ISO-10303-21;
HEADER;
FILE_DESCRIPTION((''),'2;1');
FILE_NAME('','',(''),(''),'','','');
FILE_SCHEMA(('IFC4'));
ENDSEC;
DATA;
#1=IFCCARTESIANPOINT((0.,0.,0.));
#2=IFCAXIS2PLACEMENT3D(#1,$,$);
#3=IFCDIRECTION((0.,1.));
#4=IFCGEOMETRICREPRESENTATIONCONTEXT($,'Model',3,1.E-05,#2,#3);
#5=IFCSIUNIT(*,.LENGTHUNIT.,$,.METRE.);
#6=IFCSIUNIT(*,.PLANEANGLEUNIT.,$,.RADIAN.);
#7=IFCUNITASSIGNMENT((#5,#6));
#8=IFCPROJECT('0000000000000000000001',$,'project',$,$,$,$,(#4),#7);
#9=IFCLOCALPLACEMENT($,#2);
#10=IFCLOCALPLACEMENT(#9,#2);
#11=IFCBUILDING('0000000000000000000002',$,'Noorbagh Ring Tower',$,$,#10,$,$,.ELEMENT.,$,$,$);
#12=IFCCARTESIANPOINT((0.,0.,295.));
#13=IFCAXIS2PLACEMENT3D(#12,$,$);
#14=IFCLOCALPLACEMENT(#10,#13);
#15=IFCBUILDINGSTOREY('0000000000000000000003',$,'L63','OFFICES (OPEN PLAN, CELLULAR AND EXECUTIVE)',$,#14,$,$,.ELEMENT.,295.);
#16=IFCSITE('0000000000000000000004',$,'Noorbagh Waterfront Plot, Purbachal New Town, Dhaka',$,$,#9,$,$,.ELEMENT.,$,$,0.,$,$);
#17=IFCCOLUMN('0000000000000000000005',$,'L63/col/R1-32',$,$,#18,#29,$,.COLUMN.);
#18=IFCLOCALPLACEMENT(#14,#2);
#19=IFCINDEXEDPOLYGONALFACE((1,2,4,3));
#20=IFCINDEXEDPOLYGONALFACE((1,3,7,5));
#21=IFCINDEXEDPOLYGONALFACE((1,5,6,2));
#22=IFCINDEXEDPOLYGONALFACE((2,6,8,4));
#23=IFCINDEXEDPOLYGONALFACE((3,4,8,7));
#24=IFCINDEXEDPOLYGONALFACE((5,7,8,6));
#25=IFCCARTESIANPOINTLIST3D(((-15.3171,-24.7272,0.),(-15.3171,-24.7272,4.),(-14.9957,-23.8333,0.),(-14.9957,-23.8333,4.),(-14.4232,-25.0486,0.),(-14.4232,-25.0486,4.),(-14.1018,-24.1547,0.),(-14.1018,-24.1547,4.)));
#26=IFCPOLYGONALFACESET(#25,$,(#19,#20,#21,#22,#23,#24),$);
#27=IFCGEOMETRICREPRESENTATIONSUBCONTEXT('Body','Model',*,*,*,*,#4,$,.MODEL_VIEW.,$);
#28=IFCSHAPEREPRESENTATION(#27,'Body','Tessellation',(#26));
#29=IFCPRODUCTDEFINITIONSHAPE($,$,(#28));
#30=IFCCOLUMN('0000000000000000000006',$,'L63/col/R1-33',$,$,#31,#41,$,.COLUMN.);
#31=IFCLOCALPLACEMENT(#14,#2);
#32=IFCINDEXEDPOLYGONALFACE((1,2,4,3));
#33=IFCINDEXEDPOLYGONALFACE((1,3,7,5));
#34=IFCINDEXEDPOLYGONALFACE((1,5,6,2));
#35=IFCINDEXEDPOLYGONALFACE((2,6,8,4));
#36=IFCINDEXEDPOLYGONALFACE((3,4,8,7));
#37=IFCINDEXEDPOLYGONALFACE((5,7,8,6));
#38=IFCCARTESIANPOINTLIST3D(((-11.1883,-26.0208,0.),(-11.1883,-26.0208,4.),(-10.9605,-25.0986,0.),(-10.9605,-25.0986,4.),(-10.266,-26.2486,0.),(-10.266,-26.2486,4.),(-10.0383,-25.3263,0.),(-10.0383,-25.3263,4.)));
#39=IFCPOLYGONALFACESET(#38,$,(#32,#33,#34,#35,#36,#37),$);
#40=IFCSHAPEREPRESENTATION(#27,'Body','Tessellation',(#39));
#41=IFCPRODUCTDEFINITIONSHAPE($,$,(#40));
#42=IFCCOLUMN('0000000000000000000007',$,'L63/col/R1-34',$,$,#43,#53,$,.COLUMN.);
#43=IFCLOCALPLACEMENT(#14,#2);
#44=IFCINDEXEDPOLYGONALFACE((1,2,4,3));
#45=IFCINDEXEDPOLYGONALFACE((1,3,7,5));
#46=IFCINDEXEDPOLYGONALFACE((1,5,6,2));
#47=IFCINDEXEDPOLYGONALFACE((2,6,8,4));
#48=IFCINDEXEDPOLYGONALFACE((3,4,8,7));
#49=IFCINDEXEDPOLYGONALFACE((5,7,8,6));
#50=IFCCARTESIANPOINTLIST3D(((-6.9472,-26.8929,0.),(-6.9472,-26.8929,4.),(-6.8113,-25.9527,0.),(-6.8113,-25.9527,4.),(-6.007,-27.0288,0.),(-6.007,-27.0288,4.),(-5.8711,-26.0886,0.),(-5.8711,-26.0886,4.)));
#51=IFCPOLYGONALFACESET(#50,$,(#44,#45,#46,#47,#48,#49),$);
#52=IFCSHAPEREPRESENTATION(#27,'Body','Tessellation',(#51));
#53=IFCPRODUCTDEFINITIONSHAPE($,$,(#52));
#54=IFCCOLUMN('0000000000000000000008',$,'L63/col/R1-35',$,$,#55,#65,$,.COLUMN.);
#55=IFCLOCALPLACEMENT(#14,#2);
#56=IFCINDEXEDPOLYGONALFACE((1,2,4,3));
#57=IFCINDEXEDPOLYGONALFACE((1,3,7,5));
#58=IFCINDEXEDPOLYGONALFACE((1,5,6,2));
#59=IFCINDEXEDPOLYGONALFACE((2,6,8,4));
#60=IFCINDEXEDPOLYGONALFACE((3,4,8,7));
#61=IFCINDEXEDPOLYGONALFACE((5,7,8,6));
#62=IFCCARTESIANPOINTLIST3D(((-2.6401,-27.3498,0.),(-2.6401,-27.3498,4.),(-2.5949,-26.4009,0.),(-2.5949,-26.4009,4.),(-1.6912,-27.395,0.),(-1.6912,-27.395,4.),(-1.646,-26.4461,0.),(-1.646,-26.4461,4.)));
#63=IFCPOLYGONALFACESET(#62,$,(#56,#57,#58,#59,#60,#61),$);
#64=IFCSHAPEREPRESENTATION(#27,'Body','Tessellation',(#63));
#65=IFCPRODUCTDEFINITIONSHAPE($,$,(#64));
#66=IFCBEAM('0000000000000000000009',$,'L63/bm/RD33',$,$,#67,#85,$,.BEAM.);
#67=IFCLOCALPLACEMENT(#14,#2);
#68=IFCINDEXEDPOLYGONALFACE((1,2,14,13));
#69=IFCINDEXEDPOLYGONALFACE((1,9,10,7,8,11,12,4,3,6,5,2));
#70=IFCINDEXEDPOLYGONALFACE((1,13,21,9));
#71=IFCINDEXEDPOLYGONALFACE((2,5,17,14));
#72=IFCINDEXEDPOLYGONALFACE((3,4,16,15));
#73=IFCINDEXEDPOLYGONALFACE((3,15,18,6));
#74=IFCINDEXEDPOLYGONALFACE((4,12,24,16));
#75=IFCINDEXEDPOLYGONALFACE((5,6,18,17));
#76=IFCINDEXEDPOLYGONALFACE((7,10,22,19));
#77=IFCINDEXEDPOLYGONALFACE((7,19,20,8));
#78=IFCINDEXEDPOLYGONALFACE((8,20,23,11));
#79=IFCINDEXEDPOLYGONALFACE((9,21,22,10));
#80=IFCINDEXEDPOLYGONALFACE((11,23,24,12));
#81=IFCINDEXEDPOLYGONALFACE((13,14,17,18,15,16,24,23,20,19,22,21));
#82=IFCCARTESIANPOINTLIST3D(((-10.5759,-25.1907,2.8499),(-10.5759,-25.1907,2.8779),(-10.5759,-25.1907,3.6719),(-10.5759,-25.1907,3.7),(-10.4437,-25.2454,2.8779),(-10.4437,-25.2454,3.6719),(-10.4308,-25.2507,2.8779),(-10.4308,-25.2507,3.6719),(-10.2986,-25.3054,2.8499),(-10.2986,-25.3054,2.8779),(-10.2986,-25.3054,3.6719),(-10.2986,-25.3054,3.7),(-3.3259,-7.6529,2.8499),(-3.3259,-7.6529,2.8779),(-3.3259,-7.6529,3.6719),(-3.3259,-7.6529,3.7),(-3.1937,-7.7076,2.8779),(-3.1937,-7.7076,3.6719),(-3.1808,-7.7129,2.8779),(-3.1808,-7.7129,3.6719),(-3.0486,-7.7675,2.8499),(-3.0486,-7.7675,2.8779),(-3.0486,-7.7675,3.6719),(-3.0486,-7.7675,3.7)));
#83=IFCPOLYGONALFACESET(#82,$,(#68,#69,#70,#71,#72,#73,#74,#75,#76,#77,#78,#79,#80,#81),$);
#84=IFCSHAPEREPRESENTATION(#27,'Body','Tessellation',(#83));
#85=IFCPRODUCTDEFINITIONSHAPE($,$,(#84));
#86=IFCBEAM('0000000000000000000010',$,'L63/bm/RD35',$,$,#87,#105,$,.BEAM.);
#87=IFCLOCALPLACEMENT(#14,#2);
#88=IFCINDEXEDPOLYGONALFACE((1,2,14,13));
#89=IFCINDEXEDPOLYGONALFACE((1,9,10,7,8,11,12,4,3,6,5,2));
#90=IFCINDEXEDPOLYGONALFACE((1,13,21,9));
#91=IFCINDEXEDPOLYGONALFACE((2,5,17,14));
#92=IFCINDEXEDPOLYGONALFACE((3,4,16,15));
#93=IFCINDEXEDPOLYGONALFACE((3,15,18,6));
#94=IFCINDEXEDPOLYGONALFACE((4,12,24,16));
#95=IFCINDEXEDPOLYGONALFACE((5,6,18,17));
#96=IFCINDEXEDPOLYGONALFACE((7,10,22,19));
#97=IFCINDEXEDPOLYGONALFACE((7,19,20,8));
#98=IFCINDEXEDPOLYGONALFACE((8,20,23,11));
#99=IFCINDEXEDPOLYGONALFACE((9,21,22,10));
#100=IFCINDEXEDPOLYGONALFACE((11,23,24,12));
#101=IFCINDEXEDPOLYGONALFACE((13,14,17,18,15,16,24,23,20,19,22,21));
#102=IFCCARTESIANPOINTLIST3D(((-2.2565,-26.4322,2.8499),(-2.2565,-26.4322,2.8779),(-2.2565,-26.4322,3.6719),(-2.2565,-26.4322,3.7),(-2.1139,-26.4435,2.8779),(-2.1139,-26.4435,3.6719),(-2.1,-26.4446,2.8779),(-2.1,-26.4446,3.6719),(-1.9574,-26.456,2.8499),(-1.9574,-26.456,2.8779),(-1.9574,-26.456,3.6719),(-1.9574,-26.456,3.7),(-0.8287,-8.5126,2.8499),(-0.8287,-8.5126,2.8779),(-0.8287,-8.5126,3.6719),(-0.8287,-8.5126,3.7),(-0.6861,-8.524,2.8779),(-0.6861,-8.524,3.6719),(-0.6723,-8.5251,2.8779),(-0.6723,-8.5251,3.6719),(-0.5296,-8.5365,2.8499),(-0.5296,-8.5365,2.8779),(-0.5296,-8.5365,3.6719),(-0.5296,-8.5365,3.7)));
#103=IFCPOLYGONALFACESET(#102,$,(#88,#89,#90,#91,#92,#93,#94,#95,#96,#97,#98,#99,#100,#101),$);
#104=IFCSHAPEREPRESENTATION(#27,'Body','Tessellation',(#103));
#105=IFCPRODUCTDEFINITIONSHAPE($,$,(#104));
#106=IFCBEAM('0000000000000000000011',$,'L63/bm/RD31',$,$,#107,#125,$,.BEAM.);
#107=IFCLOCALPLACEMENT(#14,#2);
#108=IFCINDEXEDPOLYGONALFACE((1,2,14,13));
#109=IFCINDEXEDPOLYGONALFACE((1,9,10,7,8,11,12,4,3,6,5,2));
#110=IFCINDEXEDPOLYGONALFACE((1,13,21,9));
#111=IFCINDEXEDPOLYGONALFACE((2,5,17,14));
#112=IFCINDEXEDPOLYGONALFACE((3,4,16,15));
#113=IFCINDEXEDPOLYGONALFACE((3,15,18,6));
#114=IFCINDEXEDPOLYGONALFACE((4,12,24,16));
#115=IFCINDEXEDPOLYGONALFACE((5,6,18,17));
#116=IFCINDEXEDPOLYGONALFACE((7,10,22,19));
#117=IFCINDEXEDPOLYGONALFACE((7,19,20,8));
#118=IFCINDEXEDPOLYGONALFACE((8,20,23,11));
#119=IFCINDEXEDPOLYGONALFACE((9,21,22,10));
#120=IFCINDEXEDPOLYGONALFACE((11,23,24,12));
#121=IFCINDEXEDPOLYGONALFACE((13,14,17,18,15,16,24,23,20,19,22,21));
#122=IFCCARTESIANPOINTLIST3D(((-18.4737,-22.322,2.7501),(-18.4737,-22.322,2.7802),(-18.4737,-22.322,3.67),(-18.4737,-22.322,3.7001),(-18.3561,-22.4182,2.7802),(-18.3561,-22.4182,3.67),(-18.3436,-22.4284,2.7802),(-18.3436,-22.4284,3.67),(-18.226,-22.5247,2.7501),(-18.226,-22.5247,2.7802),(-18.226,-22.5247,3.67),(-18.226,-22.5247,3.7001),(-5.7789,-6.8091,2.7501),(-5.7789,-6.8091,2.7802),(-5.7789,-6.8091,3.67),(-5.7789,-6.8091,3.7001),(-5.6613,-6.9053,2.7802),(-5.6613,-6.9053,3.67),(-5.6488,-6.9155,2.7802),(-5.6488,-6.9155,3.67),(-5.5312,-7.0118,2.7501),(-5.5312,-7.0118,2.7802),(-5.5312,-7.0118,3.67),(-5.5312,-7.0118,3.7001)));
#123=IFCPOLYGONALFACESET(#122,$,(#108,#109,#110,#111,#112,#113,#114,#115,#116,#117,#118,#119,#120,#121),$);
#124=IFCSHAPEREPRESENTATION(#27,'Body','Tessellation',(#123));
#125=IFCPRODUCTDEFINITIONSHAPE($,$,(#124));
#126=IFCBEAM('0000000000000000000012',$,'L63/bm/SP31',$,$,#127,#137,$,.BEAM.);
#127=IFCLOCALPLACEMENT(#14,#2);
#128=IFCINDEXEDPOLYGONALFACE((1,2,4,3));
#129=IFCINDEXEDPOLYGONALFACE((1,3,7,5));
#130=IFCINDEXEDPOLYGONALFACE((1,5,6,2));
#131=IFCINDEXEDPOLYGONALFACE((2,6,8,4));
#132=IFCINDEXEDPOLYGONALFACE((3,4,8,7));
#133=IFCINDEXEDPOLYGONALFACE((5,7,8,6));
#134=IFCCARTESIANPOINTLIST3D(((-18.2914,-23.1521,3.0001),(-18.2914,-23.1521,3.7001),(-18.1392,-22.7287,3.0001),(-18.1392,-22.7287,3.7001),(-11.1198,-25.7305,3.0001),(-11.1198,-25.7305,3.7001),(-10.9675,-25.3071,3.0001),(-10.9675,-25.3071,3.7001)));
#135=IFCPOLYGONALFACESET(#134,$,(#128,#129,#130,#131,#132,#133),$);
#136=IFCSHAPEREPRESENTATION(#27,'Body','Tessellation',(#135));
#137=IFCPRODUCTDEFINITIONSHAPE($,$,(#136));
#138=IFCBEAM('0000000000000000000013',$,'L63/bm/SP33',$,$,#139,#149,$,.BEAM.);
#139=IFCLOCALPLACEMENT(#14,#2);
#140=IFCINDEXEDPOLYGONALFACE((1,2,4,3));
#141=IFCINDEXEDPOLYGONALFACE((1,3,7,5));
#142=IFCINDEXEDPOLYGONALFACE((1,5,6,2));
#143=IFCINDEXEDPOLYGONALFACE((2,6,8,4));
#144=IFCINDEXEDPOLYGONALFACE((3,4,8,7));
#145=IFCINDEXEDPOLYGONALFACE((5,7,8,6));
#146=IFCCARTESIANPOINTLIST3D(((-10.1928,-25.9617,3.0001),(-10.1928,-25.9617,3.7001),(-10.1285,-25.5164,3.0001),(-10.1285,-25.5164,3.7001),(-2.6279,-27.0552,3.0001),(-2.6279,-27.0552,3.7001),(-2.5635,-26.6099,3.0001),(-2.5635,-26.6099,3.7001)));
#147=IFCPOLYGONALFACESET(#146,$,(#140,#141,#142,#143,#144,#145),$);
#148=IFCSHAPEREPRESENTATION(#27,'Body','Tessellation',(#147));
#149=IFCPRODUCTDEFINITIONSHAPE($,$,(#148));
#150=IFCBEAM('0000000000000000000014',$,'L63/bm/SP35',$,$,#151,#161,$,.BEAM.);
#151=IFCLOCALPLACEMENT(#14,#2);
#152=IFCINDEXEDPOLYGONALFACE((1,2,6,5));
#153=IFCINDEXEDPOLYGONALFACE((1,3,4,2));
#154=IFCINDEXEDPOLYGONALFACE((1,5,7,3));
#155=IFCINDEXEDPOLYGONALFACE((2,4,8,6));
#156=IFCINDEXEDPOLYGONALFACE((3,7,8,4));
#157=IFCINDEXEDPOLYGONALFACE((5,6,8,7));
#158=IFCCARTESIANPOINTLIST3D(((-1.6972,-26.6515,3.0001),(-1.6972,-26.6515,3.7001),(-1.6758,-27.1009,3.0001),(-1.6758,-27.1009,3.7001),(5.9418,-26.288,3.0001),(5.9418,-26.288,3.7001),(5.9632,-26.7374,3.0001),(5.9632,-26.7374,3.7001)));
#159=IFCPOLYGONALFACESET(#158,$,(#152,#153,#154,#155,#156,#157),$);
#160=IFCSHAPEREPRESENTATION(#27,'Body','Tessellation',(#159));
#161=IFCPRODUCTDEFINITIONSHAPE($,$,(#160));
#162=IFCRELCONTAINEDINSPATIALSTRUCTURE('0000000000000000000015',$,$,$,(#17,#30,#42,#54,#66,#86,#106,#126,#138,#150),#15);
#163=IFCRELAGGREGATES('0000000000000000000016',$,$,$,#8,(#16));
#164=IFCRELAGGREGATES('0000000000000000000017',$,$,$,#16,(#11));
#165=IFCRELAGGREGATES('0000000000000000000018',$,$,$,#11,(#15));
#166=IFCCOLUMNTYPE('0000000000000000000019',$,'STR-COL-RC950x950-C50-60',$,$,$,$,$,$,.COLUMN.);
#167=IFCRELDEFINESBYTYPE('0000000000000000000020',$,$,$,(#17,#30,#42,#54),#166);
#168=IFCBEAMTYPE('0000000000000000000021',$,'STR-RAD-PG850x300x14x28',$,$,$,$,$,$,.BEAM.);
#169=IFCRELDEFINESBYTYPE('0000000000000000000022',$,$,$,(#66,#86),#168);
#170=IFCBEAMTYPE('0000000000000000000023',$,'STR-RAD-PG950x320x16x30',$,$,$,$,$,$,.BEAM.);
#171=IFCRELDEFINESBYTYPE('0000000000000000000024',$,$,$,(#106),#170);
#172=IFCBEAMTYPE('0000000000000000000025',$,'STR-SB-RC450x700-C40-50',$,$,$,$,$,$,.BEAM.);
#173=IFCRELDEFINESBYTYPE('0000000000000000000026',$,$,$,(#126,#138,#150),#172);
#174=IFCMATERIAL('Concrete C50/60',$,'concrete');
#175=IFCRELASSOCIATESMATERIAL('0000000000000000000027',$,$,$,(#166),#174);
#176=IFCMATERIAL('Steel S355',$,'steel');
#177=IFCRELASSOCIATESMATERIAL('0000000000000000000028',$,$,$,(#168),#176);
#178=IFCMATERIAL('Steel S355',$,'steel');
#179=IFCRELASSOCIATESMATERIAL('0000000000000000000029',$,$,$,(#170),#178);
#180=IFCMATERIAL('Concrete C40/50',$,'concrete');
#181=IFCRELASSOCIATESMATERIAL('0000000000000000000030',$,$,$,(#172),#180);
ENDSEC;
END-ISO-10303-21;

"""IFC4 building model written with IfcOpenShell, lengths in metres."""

from ifc_helpers import new_model, si_unit, direction, frame, origin, origin_2d, place, context, subcontext, project, spatial, rectangle, i_section, extrude, material, material_profile, profile_set, type_object, element, save


model = new_model("IFC4")

# Units and contexts
model_context = context("Model", 3, precision=1e-05, world=origin(), true_north=direction((0.0, 1.0)))
body_context = subcontext(model_context, "Body", "Model", "MODEL_VIEW")
ifc_project = project(units=[si_unit("LENGTHUNIT", "METRE"), si_unit("PLANEANGLEUNIT", "RADIAN")], contexts=[model_context])

# Site, building, storey
site_placement = place(None, origin())
site = spatial("IfcSite", under=ifc_project, at=site_placement, Name="Noorbagh Waterfront Plot, Purbachal New Town, Dhaka", CompositionType="ELEMENT", RefElevation=0.0)
building_placement = place(site_placement, origin())
building = spatial("IfcBuilding", under=site, at=building_placement, Name="Noorbagh Ring Tower", CompositionType="ELEMENT")
storey_placement = place(building_placement, frame((0.0, 0.0, 295.0)))
storey = spatial("IfcBuildingStorey", under=building, at=storey_placement, Name="L63", Description="OFFICES (OPEN PLAN, CELLULAR AND EXECUTIVE)", CompositionType="ELEMENT", Elevation=295.0)

# Columns
ifc_material_1 = material(Name="Concrete C50/60", Category="concrete")
ifc_material_profile_1 = material_profile(ifc_material_1, rectangle(XDim=0.95, YDim=0.95, at=origin_2d()), Name="RC950x950")
ifc_profile_set_1 = profile_set([ifc_material_profile_1], Name="Concrete C50/60")
column_type = type_object("IfcColumnType", Name="STR-COL-RC950x950-C50-60", PredefinedType="COLUMN", material=ifc_profile_set_1)
for number, where, z_axis, x_axis, name in (
    (1, (-14.7095, -24.4409, 0.0), (0.0, 0.0, 1.0), (0.941025, -0.338338, 0.0), "L63/col/R1-32"),
    (2, (-10.6133, -25.6736, 0.0), (0.0, 0.0, 1.0), (0.970829, -0.239771, 0.0), "L63/col/R1-33"),
    (3, (-6.4092, -26.4907, 0.0), (0.0, 0.0, 1.0), (0.989713, -0.143066, 0.0), "L63/col/R1-34"),
    (4, (-2.1431, -26.8979, 0.0), (0.0, 0.0, 1.0), (0.998869, -0.047553, 0.0), "L63/col/R1-35"),
):
    element("IfcColumn", number, at=place(storey_placement, frame(where, z_axis=z_axis, x_axis=x_axis)), inside=storey, type_object=column_type, Name=name, PredefinedType="COLUMN", context=body_context, shape_type="SweptSolid", body=[
        extrude(rectangle(XDim=0.95, YDim=0.95, at=origin_2d()), origin(), (0.0, 0.0, 1.0), 4.0),
    ])

# Beams
ifc_material_2 = material(Name="Steel S355", Category="steel")
ifc_material_profile_2 = material_profile(ifc_material_2, i_section(OverallWidth=0.3, OverallDepth=0.8501, WebThickness=0.0139, FlangeThickness=0.0281, at=origin_2d()), Name="PG850x300x14x28")
ifc_profile_set_2 = profile_set([ifc_material_profile_2], Name="Steel S355")
beam_type_1 = type_object("IfcBeamType", Name="STR-RAD-PG850x300x14x28", PredefinedType="BEAM", material=ifc_profile_set_2)
beam_1_placement = place(storey_placement, frame((-10.4373, -25.248, 3.2749), z_axis=(0.382035, 0.924148, 0.0), x_axis=(-0.924148, 0.382035, 0.0)))
element("IfcBeam", 5, at=beam_1_placement, inside=storey, type_object=beam_type_1, Name="L63/bm/RD33", PredefinedType="BEAM", context=body_context, shape_type="SweptSolid", body=[
    extrude(i_section(OverallWidth=0.3, OverallDepth=0.8501, WebThickness=0.0139, FlangeThickness=0.0281, at=origin_2d()), origin(), (0.0, 0.0, 1.0), 18.9773),
])
beam_2_placement = place(storey_placement, frame((-2.1069, -26.4441, 3.2749), z_axis=(0.079423, 0.996841, 0.0), x_axis=(-0.996841, 0.079423, 0.0)))
element("IfcBeam", 6, at=beam_2_placement, inside=storey, type_object=beam_type_1, Name="L63/bm/RD35", PredefinedType="BEAM", context=body_context, shape_type="SweptSolid", body=[
    extrude(i_section(OverallWidth=0.3, OverallDepth=0.8501, WebThickness=0.0139, FlangeThickness=0.0281, at=origin_2d()), origin(), (0.0, 0.0, 1.0), 17.9763),
])
ifc_material_3 = material(Name="Steel S355", Category="steel")
ifc_material_profile_3 = material_profile(ifc_material_3, i_section(OverallWidth=0.3201, OverallDepth=0.95, WebThickness=0.0161, FlangeThickness=0.03, at=origin_2d()), Name="PG950x320x16x30")
ifc_profile_set_3 = profile_set([ifc_material_profile_3], Name="Steel S355")
beam_type_2 = type_object("IfcBeamType", Name="STR-RAD-PG950x320x16x30", PredefinedType="BEAM", material=ifc_profile_set_3)
beam_3_placement = place(storey_placement, frame((-18.3499, -22.4233, 3.2251), z_axis=(0.63331, 0.773898, 0.0), x_axis=(-0.773898, 0.63331, 0.0)))
element("IfcBeam", 7, at=beam_3_placement, inside=storey, type_object=beam_type_2, Name="L63/bm/RD31", PredefinedType="BEAM", context=body_context, shape_type="SweptSolid", body=[
    extrude(i_section(OverallWidth=0.3201, OverallDepth=0.95, WebThickness=0.0161, FlangeThickness=0.03, at=origin_2d()), origin(), (0.0, 0.0, 1.0), 20.0452),
])
ifc_material_4 = material(Name="Concrete C40/50", Category="concrete")
ifc_material_profile_4 = material_profile(ifc_material_4, rectangle(XDim=0.45, YDim=0.7, at=origin_2d()), Name="RC450x700")
ifc_profile_set_4 = profile_set([ifc_material_profile_4], Name="Concrete C40/50")
beam_type_3 = type_object("IfcBeamType", Name="STR-SB-RC450x700-C40-50", PredefinedType="BEAM", material=ifc_profile_set_4)
beam_4_placement = place(storey_placement, frame((-18.2153, -22.9404, 3.3501), z_axis=(0.94103, -0.338322, 0.0), x_axis=(0.338322, 0.94103, 0.0)))
element("IfcBeam", 8, at=beam_4_placement, inside=storey, type_object=beam_type_3, Name="L63/bm/SP31", PredefinedType="BEAM", context=body_context, shape_type="SweptSolid", body=[
    extrude(rectangle(XDim=0.45, YDim=0.7, at=origin_2d()), origin(), (0.0, 0.0, 1.0), 7.6211),
])
beam_5_placement = place(storey_placement, frame((-10.1606, -25.739, 3.3501), z_axis=(0.989714, -0.143062, 0.0), x_axis=(0.143062, 0.989714, 0.0)))
element("IfcBeam", 9, at=beam_5_placement, inside=storey, type_object=beam_type_3, Name="L63/bm/SP33", PredefinedType="BEAM", context=body_context, shape_type="SweptSolid", body=[
    extrude(rectangle(XDim=0.45, YDim=0.7, at=origin_2d()), origin(), (0.0, 0.0, 1.0), 7.6436),
])
beam_6_placement = place(storey_placement, frame((-1.6865, -26.8762, 3.3501), z_axis=(0.99887, 0.047533, 0.0), x_axis=(-0.047533, 0.99887, 0.0)))
element("IfcBeam", 10, at=beam_6_placement, inside=storey, type_object=beam_type_3, Name="L63/bm/SP35", PredefinedType="BEAM", context=body_context, shape_type="SweptSolid", body=[
    extrude(rectangle(XDim=0.45, YDim=0.7, at=origin_2d()), origin(), (0.0, 0.0, 1.0), 7.6477),
])

save(model, "model.ifc")
